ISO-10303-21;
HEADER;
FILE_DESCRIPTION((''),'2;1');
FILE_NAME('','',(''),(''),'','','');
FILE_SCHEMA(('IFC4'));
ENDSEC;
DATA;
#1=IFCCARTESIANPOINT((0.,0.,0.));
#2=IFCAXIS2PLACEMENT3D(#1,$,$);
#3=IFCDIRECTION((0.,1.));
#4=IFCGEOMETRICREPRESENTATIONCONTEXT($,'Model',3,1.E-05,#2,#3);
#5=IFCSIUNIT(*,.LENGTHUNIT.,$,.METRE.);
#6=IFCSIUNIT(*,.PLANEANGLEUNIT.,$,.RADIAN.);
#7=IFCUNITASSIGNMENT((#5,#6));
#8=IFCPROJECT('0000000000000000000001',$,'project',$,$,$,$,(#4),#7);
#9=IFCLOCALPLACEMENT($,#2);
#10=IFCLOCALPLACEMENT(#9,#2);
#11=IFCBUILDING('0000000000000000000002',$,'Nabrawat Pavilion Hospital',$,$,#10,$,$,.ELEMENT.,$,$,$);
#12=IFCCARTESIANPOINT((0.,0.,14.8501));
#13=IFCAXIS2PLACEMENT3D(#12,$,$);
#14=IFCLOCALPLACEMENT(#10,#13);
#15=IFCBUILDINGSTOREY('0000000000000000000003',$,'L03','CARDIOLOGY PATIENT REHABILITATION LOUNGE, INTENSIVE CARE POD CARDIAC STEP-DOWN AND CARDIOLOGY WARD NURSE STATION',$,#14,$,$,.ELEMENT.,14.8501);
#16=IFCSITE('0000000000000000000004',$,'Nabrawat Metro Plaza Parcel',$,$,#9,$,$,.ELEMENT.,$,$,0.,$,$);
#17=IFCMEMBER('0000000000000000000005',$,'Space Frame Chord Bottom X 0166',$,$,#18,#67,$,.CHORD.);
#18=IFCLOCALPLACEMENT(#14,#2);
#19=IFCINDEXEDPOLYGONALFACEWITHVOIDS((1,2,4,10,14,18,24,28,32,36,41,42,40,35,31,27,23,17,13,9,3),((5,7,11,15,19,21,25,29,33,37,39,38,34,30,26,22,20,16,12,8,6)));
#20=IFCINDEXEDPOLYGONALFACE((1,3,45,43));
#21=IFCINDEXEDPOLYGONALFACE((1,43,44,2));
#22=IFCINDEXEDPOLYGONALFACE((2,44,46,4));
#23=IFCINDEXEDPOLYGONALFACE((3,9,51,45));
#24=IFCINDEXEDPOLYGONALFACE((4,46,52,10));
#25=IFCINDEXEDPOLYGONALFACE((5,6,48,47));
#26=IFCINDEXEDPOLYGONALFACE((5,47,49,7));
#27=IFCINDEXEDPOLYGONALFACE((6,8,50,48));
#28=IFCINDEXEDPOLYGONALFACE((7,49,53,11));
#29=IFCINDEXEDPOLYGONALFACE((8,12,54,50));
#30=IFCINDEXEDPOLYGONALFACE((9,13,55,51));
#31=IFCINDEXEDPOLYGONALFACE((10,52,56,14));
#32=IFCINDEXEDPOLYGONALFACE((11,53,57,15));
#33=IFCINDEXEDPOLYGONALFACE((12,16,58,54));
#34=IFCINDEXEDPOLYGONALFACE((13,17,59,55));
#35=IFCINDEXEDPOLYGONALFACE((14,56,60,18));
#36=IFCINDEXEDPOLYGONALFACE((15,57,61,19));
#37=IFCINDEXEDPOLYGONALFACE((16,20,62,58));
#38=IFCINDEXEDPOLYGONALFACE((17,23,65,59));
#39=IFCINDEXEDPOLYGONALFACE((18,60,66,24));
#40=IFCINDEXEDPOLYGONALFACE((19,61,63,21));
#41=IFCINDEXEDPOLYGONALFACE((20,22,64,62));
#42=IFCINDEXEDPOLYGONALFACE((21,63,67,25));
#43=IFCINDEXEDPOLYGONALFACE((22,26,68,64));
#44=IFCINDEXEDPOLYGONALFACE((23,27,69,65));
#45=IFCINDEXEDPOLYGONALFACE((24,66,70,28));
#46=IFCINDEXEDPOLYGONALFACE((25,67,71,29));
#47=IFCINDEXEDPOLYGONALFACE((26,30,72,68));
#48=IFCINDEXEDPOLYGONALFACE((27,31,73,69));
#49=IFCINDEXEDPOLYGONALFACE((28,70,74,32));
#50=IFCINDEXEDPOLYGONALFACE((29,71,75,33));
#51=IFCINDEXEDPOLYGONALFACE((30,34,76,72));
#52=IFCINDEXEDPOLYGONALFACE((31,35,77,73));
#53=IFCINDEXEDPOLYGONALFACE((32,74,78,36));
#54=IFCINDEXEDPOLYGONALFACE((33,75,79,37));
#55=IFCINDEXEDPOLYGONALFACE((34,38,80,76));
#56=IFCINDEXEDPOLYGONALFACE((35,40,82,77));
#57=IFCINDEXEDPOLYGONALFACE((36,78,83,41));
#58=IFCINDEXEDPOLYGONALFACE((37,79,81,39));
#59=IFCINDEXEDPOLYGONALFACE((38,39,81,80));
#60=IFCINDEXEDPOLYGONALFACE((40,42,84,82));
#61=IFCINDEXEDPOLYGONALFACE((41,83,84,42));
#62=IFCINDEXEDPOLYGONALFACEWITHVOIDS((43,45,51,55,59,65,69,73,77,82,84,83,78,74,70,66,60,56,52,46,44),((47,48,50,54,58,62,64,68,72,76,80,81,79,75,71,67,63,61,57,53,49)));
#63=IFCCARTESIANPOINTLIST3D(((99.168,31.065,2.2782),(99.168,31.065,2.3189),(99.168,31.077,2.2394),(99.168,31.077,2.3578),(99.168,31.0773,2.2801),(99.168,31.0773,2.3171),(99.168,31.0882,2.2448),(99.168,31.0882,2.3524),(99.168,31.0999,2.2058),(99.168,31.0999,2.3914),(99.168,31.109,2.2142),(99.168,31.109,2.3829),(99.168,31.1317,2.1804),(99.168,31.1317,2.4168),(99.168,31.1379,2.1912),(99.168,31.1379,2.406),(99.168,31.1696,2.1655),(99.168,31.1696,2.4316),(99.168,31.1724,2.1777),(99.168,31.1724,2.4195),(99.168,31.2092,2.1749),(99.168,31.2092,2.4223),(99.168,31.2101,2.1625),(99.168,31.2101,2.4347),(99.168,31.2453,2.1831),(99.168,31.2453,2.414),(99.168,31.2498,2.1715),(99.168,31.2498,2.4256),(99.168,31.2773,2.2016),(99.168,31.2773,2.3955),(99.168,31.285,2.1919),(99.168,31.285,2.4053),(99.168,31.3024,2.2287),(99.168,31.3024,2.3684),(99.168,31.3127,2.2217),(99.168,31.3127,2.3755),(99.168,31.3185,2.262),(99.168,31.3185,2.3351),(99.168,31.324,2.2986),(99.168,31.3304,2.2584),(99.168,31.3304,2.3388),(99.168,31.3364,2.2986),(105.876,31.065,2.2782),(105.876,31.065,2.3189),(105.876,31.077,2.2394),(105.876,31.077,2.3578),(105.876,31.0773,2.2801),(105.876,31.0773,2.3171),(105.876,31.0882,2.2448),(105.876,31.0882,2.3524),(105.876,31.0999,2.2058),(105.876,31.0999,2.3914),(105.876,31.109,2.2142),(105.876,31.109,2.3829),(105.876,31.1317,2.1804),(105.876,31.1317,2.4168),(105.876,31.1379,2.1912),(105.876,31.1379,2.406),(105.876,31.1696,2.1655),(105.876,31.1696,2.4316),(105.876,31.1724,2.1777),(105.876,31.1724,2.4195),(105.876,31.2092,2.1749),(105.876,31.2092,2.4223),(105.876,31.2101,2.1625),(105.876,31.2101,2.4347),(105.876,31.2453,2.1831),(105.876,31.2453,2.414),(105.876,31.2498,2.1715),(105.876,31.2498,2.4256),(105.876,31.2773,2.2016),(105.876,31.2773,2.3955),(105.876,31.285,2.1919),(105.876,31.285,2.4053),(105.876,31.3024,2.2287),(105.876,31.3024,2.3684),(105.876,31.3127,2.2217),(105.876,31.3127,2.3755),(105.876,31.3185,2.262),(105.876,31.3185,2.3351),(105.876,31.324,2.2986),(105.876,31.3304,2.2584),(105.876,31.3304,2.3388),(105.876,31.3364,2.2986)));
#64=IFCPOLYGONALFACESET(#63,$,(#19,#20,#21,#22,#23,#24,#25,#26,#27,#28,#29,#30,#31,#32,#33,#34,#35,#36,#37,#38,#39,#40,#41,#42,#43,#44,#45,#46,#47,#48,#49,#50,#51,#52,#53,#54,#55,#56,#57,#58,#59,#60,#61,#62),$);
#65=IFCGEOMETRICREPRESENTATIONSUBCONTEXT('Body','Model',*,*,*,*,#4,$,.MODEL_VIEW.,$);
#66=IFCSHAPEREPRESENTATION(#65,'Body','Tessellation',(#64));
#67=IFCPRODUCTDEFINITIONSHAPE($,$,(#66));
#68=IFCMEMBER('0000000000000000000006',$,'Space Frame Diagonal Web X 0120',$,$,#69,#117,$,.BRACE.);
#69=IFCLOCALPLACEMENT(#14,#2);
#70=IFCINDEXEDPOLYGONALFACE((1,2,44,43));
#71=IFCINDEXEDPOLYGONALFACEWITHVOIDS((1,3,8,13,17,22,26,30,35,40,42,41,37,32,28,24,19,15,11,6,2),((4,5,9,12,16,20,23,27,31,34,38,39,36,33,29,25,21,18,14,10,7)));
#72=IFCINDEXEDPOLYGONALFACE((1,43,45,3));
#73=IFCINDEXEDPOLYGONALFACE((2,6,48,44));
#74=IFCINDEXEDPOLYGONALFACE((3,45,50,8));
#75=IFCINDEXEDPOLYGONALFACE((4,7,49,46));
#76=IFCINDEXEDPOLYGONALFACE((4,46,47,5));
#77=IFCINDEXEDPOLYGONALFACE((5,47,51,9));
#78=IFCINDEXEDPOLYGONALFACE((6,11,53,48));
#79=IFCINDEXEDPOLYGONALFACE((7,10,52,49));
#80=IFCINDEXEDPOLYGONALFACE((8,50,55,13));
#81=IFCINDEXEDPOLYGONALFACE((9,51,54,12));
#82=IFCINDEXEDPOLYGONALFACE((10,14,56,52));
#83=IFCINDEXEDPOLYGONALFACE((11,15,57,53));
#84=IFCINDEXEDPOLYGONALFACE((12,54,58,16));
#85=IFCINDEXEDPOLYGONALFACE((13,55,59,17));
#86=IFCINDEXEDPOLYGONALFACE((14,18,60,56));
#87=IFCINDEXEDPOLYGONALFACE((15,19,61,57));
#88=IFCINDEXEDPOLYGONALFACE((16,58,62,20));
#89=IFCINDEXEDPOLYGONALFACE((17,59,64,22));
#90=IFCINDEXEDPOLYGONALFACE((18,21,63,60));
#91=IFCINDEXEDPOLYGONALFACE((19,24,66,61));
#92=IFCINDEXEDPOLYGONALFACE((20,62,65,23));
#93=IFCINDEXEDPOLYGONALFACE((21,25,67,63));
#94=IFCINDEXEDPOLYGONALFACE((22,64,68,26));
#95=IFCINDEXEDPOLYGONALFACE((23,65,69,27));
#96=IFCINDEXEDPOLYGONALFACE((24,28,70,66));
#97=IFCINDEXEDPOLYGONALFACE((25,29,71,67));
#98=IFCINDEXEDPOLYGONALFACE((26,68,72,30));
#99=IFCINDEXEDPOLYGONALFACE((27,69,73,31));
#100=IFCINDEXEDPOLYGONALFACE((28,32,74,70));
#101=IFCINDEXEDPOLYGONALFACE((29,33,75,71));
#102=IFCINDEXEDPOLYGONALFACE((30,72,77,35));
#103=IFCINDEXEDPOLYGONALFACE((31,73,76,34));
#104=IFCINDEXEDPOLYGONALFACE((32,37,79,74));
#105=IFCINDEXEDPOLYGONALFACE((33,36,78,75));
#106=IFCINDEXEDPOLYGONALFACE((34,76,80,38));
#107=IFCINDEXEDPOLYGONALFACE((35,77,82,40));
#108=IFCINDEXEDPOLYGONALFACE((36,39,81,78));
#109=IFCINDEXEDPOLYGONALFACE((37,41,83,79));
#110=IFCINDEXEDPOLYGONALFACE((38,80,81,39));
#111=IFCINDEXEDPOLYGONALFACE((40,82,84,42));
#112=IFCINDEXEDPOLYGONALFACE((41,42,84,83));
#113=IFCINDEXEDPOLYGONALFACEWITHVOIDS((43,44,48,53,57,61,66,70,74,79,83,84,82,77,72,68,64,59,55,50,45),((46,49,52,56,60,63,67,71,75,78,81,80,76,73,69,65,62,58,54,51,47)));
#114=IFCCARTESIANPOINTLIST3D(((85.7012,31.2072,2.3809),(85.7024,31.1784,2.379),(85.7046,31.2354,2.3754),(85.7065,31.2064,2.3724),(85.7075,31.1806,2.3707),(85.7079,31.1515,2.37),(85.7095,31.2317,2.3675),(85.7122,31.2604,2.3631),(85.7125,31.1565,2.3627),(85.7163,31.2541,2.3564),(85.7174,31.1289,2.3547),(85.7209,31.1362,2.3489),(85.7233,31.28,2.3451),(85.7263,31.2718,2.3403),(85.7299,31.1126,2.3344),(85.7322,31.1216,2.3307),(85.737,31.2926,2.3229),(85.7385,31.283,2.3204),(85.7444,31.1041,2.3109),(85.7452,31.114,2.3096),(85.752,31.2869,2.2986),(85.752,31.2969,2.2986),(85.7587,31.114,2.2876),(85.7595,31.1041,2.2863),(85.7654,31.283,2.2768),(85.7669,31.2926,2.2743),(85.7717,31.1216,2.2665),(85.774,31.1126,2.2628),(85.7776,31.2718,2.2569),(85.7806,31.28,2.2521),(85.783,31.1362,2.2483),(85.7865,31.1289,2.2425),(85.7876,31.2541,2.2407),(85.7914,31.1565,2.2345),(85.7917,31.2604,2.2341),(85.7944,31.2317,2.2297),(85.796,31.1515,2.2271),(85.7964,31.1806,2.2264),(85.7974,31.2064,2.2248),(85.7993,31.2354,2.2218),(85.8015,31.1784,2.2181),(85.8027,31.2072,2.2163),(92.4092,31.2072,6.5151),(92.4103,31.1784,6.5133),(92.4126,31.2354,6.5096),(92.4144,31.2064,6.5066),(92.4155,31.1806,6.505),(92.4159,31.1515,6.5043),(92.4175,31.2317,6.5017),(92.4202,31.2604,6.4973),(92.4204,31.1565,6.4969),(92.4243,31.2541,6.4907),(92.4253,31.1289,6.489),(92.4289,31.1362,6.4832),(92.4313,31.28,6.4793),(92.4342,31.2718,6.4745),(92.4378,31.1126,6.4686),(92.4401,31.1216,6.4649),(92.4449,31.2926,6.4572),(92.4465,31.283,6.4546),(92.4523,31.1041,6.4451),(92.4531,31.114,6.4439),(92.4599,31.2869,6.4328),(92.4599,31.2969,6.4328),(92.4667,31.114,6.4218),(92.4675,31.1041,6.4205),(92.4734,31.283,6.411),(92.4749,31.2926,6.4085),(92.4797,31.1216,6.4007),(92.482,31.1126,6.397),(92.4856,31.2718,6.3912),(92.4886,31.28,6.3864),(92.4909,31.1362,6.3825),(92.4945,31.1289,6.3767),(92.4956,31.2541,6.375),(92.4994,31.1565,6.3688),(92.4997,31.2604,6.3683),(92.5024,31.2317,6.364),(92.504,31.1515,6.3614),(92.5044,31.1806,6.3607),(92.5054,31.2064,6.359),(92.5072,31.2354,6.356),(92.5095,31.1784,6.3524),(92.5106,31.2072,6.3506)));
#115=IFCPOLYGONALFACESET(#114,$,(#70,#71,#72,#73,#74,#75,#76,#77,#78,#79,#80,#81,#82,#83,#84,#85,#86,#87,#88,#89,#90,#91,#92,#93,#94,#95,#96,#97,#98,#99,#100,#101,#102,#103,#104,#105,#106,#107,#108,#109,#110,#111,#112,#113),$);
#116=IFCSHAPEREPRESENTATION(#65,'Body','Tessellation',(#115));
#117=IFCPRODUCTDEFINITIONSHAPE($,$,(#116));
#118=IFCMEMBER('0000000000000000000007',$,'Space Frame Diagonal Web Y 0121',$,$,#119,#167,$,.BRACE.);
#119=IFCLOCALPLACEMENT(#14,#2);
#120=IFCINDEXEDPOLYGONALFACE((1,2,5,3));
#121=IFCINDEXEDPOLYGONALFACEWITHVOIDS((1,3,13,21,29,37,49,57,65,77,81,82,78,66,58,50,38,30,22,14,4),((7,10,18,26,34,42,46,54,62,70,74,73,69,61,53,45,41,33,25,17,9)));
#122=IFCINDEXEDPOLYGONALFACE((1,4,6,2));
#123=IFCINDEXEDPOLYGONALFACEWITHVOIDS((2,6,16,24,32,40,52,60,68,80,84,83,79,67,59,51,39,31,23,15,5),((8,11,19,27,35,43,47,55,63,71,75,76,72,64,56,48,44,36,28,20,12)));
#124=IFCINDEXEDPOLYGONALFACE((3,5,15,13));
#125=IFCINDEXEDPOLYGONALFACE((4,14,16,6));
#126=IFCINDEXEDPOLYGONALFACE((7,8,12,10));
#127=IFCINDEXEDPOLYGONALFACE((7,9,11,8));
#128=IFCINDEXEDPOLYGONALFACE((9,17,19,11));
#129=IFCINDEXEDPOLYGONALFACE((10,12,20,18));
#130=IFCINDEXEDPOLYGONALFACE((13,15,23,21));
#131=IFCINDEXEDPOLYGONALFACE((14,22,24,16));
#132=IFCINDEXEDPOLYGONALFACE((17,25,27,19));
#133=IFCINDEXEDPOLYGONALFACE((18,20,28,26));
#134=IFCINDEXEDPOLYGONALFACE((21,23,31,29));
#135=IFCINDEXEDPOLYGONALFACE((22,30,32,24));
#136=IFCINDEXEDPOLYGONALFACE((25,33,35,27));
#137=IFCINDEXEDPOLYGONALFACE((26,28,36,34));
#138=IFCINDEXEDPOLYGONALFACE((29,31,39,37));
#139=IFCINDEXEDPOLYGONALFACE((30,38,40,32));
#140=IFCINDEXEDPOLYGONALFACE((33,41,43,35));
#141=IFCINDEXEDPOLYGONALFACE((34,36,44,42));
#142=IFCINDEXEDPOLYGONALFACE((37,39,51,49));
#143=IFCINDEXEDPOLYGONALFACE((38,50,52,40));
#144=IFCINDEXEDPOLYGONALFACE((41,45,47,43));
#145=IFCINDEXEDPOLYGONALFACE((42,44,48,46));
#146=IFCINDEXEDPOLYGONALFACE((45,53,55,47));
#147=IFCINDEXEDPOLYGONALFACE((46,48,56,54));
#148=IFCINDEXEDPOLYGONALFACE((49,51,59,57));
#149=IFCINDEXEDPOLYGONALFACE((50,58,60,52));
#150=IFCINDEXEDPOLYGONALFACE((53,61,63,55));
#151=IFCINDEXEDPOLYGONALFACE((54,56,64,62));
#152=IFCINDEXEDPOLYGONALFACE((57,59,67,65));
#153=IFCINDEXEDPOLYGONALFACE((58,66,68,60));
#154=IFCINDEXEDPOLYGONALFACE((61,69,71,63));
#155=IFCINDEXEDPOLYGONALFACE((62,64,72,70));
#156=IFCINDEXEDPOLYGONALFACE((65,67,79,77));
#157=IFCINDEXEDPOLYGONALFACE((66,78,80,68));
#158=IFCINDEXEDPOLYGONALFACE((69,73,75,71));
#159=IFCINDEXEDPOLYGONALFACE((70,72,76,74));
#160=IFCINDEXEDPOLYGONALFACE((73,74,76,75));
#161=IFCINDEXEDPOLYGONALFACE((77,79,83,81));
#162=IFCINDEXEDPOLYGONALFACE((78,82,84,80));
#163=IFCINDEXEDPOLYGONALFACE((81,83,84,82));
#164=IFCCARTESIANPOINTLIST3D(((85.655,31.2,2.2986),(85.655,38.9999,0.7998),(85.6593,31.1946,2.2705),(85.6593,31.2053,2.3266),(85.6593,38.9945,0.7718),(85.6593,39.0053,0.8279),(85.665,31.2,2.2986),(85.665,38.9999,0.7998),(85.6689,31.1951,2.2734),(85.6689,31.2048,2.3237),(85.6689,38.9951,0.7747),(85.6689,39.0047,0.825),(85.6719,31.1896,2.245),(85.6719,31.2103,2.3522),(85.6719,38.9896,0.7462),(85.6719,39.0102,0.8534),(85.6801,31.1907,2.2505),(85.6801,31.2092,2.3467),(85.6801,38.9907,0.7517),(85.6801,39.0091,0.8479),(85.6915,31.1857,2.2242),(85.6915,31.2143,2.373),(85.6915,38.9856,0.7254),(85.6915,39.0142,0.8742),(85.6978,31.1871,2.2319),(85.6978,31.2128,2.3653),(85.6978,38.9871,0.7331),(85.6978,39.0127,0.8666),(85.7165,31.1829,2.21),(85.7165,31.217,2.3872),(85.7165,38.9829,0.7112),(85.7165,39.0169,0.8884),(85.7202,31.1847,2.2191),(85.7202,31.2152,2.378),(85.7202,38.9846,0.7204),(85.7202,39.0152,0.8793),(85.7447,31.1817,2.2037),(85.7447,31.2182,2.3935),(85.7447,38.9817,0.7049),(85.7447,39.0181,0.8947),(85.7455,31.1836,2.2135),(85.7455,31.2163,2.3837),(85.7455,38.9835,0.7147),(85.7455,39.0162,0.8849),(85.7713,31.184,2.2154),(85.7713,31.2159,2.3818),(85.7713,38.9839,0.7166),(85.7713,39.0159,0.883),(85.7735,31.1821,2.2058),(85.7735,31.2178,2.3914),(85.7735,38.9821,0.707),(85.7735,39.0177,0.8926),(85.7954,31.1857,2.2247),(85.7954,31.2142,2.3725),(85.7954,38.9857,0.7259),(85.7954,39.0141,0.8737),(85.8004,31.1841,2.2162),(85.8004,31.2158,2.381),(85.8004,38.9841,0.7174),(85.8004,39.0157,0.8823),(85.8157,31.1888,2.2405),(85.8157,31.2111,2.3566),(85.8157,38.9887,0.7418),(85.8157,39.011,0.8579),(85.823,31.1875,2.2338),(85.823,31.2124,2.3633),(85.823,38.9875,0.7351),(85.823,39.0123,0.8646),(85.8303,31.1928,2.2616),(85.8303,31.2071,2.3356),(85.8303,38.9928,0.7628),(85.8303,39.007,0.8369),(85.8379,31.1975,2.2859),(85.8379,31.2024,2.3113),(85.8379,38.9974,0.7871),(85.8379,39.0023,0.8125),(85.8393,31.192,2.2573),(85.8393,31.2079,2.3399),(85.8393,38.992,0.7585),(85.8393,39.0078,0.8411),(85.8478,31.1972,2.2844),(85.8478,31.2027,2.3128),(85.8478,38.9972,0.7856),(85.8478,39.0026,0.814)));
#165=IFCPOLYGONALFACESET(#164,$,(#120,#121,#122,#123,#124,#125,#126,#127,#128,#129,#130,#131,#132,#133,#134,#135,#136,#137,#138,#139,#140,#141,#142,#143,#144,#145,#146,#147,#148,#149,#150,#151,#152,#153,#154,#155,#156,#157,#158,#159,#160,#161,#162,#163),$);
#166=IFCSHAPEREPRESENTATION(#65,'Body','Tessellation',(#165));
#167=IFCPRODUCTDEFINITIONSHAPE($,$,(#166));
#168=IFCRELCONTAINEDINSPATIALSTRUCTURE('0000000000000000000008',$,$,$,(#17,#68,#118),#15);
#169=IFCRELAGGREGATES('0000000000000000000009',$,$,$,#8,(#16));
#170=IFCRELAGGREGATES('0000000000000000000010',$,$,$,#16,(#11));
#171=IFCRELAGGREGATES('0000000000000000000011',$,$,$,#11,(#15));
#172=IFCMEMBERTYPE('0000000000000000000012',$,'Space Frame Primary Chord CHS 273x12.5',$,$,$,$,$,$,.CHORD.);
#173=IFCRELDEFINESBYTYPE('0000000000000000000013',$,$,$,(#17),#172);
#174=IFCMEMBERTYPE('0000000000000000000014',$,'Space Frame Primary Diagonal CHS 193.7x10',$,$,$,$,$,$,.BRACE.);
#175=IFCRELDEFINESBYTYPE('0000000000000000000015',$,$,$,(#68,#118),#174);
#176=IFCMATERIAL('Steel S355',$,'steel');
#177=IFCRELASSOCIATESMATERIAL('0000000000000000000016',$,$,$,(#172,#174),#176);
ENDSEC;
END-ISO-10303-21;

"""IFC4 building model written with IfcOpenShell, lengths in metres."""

from ifc_helpers import new_model, si_unit, direction, frame, origin, origin_2d, place, context, subcontext, project, spatial, hollow_circle, extrude, material, material_profile, profile_set, type_object, element, save


model = new_model("IFC4")

# Units and contexts
model_context = context("Model", 3, precision=1e-05, world=origin(), true_north=direction((0.0, 1.0)))
body_context = subcontext(model_context, "Body", "Model", "MODEL_VIEW")
ifc_project = project(units=[si_unit("LENGTHUNIT", "METRE"), si_unit("PLANEANGLEUNIT", "RADIAN")], contexts=[model_context])

# Site, building, storey
site_placement = place(None, origin())
site = spatial("IfcSite", under=ifc_project, at=site_placement, Name="Nabrawat Metro Plaza Parcel", CompositionType="ELEMENT", RefElevation=0.0)
building_placement = place(site_placement, origin())
building = spatial("IfcBuilding", under=site, at=building_placement, Name="Nabrawat Pavilion Hospital", CompositionType="ELEMENT")
storey_placement = place(building_placement, frame((0.0, 0.0, 14.8501)))
storey = spatial("IfcBuildingStorey", under=building, at=storey_placement, Name="L03", Description="CARDIOLOGY PATIENT REHABILITATION LOUNGE, INTENSIVE CARE POD CARDIAC STEP-DOWN AND CARDIOLOGY WARD NURSE STATION", CompositionType="ELEMENT", Elevation=14.8501)

# Members
ifc_material = material(Name="Steel S355", Category="steel")
ifc_material_profile_1 = material_profile(ifc_material, hollow_circle(Radius=0.1365, WallThickness=0.0125, at=origin_2d()), Name="CHS 273x12.5")
ifc_profile_set_1 = profile_set([ifc_material_profile_1], Name="Steel S355")
member_type_1 = type_object("IfcMemberType", Name="Space Frame Primary Chord CHS 273x12.5", PredefinedType="CHORD", material=ifc_profile_set_1)
for number, where, z_axis, x_axis, name in (
    (1, (99.168, 31.2, 2.2986), (1.0, 0.0, 0.0), (0.0, 1.0, 0.0), "Space Frame Chord Bottom X 0166"),
):
    element("IfcMember", number, at=place(storey_placement, frame(where, z_axis=z_axis, x_axis=x_axis)), inside=storey, type_object=member_type_1, Name=name, PredefinedType="CHORD", context=body_context, shape_type="SweptSolid", body=[
        extrude(hollow_circle(Radius=0.1365, WallThickness=0.0125, at=origin_2d()), origin(), (0.0, 0.0, 1.0), 6.708),
    ])
ifc_material_profile_2 = material_profile(ifc_material, hollow_circle(Radius=0.0969, WallThickness=0.01, at=origin_2d()), Name="CHS 193.7x10")
ifc_profile_set_2 = profile_set([ifc_material_profile_2], Name="Steel S355")
member_type_2 = type_object("IfcMemberType", Name="Space Frame Primary Diagonal CHS 193.7x10", PredefinedType="BRACE", material=ifc_profile_set_2)
member_1_placement = place(storey_placement, frame((85.752, 31.2, 2.2986), z_axis=(0.851303, 0.0, 0.524675), x_axis=(0.0, 1.0, 0.0)))
element("IfcMember", 2, at=member_1_placement, inside=storey, type_object=member_type_2, Name="Space Frame Diagonal Web X 0120", PredefinedType="BRACE", context=body_context, shape_type="SweptSolid", body=[
    extrude(hollow_circle(Radius=0.0969, WallThickness=0.01, at=origin_2d()), origin(), (0.0, 0.0, 1.0), 7.8796),
])
member_2_placement = place(storey_placement, frame((85.752, 31.2, 2.2986), z_axis=(0.0, 0.982035, -0.188698), x_axis=(-1.0, 0.0, 0.0)))
element("IfcMember", 3, at=member_2_placement, inside=storey, type_object=member_type_2, Name="Space Frame Diagonal Web Y 0121", PredefinedType="BRACE", context=body_context, shape_type="SweptSolid", body=[
    extrude(hollow_circle(Radius=0.0969, WallThickness=0.01, at=origin_2d()), origin(), (0.0, 0.0, 1.0), 7.9426),
])

save(model, "model.ifc")
